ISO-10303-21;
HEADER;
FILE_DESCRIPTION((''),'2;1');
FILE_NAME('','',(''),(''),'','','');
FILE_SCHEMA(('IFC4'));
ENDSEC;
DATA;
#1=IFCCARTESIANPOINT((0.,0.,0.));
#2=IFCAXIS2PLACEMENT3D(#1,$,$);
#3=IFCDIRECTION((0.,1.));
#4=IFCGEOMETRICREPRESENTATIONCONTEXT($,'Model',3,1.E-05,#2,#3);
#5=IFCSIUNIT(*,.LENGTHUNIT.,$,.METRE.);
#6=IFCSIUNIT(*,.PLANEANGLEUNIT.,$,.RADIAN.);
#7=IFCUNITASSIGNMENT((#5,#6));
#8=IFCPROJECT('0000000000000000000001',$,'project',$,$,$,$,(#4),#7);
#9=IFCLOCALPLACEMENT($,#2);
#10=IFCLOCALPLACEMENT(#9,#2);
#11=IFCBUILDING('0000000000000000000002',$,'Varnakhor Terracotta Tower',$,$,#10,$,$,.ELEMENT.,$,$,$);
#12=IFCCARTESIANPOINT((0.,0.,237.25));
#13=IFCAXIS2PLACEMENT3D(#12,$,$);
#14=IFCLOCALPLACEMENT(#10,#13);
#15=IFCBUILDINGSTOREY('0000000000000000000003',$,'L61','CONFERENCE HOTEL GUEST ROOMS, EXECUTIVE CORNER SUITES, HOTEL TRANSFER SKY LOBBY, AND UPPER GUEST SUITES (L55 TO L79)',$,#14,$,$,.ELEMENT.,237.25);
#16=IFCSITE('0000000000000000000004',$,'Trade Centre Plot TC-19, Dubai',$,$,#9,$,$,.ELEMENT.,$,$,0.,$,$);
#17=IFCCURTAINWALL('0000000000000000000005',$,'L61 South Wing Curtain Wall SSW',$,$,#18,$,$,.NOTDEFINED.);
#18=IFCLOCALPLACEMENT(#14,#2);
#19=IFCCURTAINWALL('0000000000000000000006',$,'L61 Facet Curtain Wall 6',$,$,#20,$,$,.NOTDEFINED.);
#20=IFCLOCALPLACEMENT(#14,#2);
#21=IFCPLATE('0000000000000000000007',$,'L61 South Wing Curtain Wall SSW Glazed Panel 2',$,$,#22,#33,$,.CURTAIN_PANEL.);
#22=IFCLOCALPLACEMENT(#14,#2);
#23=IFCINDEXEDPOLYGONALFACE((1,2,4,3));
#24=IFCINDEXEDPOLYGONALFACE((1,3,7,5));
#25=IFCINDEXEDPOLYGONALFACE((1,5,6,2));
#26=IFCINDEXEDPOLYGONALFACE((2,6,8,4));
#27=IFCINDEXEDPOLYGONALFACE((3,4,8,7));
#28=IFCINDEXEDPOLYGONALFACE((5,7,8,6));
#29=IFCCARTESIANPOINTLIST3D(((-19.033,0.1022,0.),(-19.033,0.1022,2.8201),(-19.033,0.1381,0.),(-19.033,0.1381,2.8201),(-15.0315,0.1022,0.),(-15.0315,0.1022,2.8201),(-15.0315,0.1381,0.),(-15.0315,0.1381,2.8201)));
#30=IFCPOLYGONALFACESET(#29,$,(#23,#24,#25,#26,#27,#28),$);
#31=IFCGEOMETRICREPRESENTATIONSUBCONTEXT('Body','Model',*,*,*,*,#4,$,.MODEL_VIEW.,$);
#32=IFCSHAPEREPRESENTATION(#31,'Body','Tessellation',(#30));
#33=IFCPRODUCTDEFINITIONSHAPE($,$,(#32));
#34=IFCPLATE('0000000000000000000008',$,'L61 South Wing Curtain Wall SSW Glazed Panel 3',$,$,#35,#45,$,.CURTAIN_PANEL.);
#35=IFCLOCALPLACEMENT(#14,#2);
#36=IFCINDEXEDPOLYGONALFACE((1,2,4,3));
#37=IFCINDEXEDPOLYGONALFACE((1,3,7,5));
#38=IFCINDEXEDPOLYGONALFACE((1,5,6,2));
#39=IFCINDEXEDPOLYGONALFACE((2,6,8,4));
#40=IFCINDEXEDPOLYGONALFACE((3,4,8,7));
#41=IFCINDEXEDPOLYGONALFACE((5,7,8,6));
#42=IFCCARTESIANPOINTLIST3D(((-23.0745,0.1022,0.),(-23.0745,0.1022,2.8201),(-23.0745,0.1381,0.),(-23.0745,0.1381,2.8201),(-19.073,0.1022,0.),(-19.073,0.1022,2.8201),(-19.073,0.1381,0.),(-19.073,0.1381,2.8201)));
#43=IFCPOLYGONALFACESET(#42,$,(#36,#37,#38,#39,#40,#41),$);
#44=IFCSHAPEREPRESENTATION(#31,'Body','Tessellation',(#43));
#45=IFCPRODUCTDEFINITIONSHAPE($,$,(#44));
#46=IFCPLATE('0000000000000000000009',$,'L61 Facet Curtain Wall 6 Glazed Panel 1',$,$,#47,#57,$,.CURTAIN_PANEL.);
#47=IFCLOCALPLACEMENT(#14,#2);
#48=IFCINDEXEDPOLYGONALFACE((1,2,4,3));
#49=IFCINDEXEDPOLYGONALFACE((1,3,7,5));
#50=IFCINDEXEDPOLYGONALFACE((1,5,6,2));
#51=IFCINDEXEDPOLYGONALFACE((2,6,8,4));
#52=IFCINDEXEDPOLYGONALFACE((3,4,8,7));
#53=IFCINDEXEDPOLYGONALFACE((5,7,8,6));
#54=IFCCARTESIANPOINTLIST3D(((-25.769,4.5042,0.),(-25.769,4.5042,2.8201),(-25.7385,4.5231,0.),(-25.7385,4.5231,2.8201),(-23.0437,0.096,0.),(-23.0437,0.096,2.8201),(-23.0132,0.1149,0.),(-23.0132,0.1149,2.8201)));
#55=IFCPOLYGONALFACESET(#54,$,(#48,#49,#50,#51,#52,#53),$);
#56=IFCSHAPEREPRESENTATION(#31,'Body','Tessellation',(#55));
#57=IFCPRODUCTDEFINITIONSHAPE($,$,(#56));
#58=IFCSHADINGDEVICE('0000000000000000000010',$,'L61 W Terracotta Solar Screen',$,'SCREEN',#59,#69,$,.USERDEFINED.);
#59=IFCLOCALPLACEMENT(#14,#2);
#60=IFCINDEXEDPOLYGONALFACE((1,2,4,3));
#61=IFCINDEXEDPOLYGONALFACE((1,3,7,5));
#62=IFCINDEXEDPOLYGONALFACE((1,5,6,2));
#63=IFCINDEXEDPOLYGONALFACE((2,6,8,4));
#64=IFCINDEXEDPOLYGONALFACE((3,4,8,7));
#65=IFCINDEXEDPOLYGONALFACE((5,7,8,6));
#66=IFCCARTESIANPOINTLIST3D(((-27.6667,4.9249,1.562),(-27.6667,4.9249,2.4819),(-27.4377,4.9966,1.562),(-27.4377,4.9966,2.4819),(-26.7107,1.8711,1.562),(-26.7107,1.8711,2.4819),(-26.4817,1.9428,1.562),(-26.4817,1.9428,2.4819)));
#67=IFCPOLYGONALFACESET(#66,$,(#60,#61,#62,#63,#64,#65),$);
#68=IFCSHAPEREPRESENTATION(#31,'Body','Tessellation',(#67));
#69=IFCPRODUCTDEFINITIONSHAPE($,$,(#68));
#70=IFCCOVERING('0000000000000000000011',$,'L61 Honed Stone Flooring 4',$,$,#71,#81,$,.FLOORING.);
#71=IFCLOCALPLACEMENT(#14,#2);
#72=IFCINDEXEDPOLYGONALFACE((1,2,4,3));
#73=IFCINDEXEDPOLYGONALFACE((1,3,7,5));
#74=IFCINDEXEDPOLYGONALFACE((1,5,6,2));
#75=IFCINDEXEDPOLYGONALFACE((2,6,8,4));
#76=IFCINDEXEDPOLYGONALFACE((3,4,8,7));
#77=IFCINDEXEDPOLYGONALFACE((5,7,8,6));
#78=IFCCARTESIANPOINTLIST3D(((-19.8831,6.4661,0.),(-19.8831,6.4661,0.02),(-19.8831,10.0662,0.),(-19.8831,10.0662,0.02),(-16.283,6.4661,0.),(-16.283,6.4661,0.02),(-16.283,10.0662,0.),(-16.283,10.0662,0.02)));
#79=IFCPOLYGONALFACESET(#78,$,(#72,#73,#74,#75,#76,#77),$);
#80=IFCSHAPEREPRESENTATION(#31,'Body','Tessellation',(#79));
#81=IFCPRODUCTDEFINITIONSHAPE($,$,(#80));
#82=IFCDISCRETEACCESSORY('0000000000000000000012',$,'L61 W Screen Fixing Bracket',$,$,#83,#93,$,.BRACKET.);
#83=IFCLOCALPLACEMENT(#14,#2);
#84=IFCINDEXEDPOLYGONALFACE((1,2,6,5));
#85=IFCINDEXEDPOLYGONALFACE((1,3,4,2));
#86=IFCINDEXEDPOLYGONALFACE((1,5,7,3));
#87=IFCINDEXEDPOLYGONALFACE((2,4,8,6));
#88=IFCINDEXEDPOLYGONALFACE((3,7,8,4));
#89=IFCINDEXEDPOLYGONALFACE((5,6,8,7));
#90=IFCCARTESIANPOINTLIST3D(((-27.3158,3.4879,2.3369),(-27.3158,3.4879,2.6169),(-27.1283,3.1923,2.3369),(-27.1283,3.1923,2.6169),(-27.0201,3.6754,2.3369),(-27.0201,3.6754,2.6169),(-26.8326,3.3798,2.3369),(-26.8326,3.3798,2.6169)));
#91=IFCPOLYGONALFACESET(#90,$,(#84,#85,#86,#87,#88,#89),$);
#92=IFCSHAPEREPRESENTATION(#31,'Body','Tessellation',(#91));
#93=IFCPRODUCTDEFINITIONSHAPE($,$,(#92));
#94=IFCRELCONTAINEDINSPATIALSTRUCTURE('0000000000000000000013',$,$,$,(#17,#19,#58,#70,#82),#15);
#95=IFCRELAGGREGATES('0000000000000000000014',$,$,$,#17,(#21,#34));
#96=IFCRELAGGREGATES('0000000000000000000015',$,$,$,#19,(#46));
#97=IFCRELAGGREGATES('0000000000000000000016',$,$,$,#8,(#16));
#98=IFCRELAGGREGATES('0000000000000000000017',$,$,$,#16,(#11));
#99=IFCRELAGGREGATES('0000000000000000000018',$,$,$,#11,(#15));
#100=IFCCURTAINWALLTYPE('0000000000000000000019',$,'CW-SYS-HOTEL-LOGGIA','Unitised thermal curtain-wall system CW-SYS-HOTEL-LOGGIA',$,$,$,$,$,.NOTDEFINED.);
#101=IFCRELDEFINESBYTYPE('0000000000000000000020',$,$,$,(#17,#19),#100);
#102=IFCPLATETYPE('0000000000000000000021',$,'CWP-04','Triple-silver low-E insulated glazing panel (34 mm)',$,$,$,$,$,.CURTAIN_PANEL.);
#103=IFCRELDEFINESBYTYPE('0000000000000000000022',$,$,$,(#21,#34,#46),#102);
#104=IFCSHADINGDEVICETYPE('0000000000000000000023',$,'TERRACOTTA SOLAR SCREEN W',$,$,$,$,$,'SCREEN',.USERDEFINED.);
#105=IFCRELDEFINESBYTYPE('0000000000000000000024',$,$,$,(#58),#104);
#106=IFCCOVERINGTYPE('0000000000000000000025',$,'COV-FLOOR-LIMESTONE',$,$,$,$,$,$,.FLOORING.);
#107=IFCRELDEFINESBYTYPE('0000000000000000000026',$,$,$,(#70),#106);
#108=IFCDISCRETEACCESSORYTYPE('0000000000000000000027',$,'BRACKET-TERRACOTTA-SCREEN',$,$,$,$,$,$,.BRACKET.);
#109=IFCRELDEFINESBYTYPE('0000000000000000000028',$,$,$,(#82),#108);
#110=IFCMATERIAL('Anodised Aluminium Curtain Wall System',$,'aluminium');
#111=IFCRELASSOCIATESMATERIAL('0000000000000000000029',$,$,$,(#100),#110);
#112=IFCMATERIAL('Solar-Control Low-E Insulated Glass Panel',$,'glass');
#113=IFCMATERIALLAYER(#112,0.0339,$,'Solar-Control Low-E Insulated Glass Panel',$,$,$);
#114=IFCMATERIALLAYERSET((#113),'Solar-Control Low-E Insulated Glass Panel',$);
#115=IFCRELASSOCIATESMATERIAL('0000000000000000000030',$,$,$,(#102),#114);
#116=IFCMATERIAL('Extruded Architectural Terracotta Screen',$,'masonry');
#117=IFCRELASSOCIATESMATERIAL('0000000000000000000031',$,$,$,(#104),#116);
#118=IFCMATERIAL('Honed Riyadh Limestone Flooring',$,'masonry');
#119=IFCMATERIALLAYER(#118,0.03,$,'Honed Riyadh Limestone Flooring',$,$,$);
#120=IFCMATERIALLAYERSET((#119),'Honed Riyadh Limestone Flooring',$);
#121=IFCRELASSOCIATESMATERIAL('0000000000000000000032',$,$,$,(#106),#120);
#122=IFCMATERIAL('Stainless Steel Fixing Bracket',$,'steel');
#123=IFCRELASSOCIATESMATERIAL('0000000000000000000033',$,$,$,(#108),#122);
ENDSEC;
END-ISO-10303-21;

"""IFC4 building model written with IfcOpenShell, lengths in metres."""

from ifc_helpers import new_model, si_unit, direction, frame, origin, origin_2d, place, context, subcontext, project, spatial, rectangle, extrude, source, transform, mapped, material, layer, layer_set, type_object, type_shapes, element, aggregate, save


model = new_model("IFC4")

# Units and contexts
model_context = context("Model", 3, precision=1e-05, world=origin(), true_north=direction((0.0, 1.0)))
body_context = subcontext(model_context, "Body", "Model", "MODEL_VIEW")
ifc_project = project(units=[si_unit("LENGTHUNIT", "METRE"), si_unit("PLANEANGLEUNIT", "RADIAN")], contexts=[model_context])

# Site, building, storey
site_placement = place(None, origin())
site = spatial("IfcSite", under=ifc_project, at=site_placement, Name="Trade Centre Plot TC-19, Dubai", CompositionType="ELEMENT", RefElevation=0.0)
building_placement = place(site_placement, origin())
building = spatial("IfcBuilding", under=site, at=building_placement, Name="Varnakhor Terracotta Tower", CompositionType="ELEMENT")
storey_placement = place(building_placement, frame((0.0, 0.0, 237.25)))
storey = spatial("IfcBuildingStorey", under=building, at=storey_placement, Name="L61", Description="CONFERENCE HOTEL GUEST ROOMS, EXECUTIVE CORNER SUITES, HOTEL TRANSFER SKY LOBBY, AND UPPER GUEST SUITES (L55 TO L79)", CompositionType="ELEMENT", Elevation=237.25)

# Curtain wall
ifc_material_1 = material(Name="Anodised Aluminium Curtain Wall System", Category="aluminium")
curtain_wall_type = type_object("IfcCurtainWallType", Name="CW-SYS-HOTEL-LOGGIA", Description="Unitised thermal curtain-wall system CW-SYS-HOTEL-LOGGIA", PredefinedType="NOTDEFINED", material=ifc_material_1)
curtain_wall_1_placement = place(storey_placement, origin())
curtain_wall_1 = element("IfcCurtainWall", 1, at=curtain_wall_1_placement, inside=storey, type_object=curtain_wall_type, Name="L61 South Wing Curtain Wall SSW", PredefinedType="NOTDEFINED")

# Curtain wall
curtain_wall_2_placement = place(storey_placement, origin())
curtain_wall_2 = element("IfcCurtainWall", 2, at=curtain_wall_2_placement, inside=storey, type_object=curtain_wall_type, Name="L61 Facet Curtain Wall 6", PredefinedType="NOTDEFINED")

# Plates
ifc_material_2 = material(Name="Solar-Control Low-E Insulated Glass Panel", Category="glass")
ifc_layer_1 = layer(ifc_material_2, 0.0339, Name="Solar-Control Low-E Insulated Glass Panel")
ifc_layer_set_1 = layer_set([ifc_layer_1], Name="Solar-Control Low-E Insulated Glass Panel")
plate_type = type_object("IfcPlateType", Name="CWP-04", Description="Triple-silver low-E insulated glazing panel (34 mm)", PredefinedType="CURTAIN_PANEL", material=ifc_layer_set_1)
shared_shape_1 = source(origin(), body_context, "Body", "SweptSolid", [
    extrude(rectangle(XDim=4.0015, YDim=0.0359, at=origin_2d()), origin(), (0.0, 0.0, 1.0), 2.8201),
])
plate_1_placement = place(storey_placement, frame((-17.0322, 0.1201, 0.0), z_axis=(0.0, 0.0, 1.0), x_axis=(-1.0, 0.0, 0.0)))
plate_1 = element("IfcPlate", 3, at=plate_1_placement, type_object=plate_type, Name="L61 South Wing Curtain Wall SSW Glazed Panel 2", PredefinedType="CURTAIN_PANEL", context=body_context, shape_type="MappedRepresentation", body=[
    mapped(shared_shape_1, transform((0.0, 0.0, 0.0), scale=1.0)),
])
plate_2_placement = place(storey_placement, frame((-21.0737, 0.1201, 0.0), z_axis=(0.0, 0.0, 1.0), x_axis=(-1.0, 0.0, 0.0)))
plate_2 = element("IfcPlate", 4, at=plate_2_placement, type_object=plate_type, Name="L61 South Wing Curtain Wall SSW Glazed Panel 3", PredefinedType="CURTAIN_PANEL", context=body_context, shape_type="MappedRepresentation", body=[
    mapped(shared_shape_1, transform((0.0, 0.0, 0.0), scale=1.0)),
])
aggregate(curtain_wall_1, [plate_1, plate_2])
shared_shape_2 = source(origin(), body_context, "Body", "SweptSolid", [
    extrude(rectangle(XDim=5.1826, YDim=0.0359, at=origin_2d()), origin(), (0.0, 0.0, 1.0), 2.8201),
])
plate_3_placement = place(storey_placement, frame((-24.3911, 2.3096, 0.0), z_axis=(0.0, 0.0, 1.0), x_axis=(-0.525858, 0.850573, 0.0)))
plate_3 = element("IfcPlate", 5, at=plate_3_placement, type_object=plate_type, Name="L61 Facet Curtain Wall 6 Glazed Panel 1", PredefinedType="CURTAIN_PANEL", context=body_context, shape_type="MappedRepresentation", body=[
    mapped(shared_shape_2, transform((0.0, 0.0, 0.0), scale=1.0)),
])
aggregate(curtain_wall_2, [plate_3])

# Shading device
ifc_material_3 = material(Name="Extruded Architectural Terracotta Screen", Category="masonry")
shading_device_type = type_object("IfcShadingDeviceType", Name="TERRACOTTA SOLAR SCREEN W", ElementType="SCREEN", PredefinedType="USERDEFINED", material=ifc_material_3)
shared_shape_3 = source(origin(), body_context, "Body", "SweptSolid", [
    extrude(rectangle(XDim=3.2, YDim=0.24, at=origin_2d()), origin(), (0.0, 0.0, 1.0), 0.9199),
])
type_shapes(shading_device_type, [shared_shape_3])
shading_device_placement = place(storey_placement, frame((-27.0742, 3.4338, 1.562), z_axis=(0.0, 0.0, 1.0), x_axis=(0.298758, -0.954329, 0.0)))
element("IfcShadingDevice", 6, at=shading_device_placement, inside=storey, type_object=shading_device_type, Name="L61 W Terracotta Solar Screen", ObjectType="SCREEN", PredefinedType="USERDEFINED", context=body_context, shape_type="MappedRepresentation", body=[
    mapped(shared_shape_3, transform((0.0, 0.0, 0.0), scale=1.0)),
])

# Covering
ifc_material_4 = material(Name="Honed Riyadh Limestone Flooring", Category="masonry")
ifc_layer_2 = layer(ifc_material_4, 0.03, Name="Honed Riyadh Limestone Flooring")
ifc_layer_set_2 = layer_set([ifc_layer_2], Name="Honed Riyadh Limestone Flooring")
covering_type = type_object("IfcCoveringType", Name="COV-FLOOR-LIMESTONE", PredefinedType="FLOORING", material=ifc_layer_set_2)
shared_shape_4 = source(origin(), body_context, "Body", "SweptSolid", [
    extrude(rectangle(XDim=3.6001, YDim=3.6001, at=origin_2d()), origin(), (0.0, 0.0, 1.0), 0.02),
])
covering_placement = place(storey_placement, frame((-18.083, 8.2661, 0.0), z_axis=(0.0, 0.0, 1.0), x_axis=(1.0, 0.0, 0.0)))
element("IfcCovering", 7, at=covering_placement, inside=storey, type_object=covering_type, Name="L61 Honed Stone Flooring 4", PredefinedType="FLOORING", context=body_context, shape_type="MappedRepresentation", body=[
    mapped(shared_shape_4, transform((0.0, 0.0, 0.0), scale=1.0)),
])

# Discrete accessory
ifc_material_5 = material(Name="Stainless Steel Fixing Bracket", Category="steel")
discrete_accessory_type = type_object("IfcDiscreteAccessoryType", Name="BRACKET-TERRACOTTA-SCREEN", PredefinedType="BRACKET", material=ifc_material_5)
shared_shape_5 = source(origin(), body_context, "Body", "SweptSolid", [
    extrude(rectangle(XDim=0.3501, YDim=0.3501, at=origin_2d()), origin(), (0.0, 0.0, 1.0), 0.28),
])
type_shapes(discrete_accessory_type, [shared_shape_5])
discrete_accessory_placement = place(storey_placement, frame((-27.0742, 3.4338, 2.3369), z_axis=(0.0, 0.0, 1.0), x_axis=(0.535576, -0.844487, 0.0)))
element("IfcDiscreteAccessory", 8, at=discrete_accessory_placement, inside=storey, type_object=discrete_accessory_type, Name="L61 W Screen Fixing Bracket", PredefinedType="BRACKET", context=body_context, shape_type="MappedRepresentation", body=[
    mapped(shared_shape_5, transform((0.0, 0.0, 0.0), scale=1.0)),
])

save(model, "model.ifc")
